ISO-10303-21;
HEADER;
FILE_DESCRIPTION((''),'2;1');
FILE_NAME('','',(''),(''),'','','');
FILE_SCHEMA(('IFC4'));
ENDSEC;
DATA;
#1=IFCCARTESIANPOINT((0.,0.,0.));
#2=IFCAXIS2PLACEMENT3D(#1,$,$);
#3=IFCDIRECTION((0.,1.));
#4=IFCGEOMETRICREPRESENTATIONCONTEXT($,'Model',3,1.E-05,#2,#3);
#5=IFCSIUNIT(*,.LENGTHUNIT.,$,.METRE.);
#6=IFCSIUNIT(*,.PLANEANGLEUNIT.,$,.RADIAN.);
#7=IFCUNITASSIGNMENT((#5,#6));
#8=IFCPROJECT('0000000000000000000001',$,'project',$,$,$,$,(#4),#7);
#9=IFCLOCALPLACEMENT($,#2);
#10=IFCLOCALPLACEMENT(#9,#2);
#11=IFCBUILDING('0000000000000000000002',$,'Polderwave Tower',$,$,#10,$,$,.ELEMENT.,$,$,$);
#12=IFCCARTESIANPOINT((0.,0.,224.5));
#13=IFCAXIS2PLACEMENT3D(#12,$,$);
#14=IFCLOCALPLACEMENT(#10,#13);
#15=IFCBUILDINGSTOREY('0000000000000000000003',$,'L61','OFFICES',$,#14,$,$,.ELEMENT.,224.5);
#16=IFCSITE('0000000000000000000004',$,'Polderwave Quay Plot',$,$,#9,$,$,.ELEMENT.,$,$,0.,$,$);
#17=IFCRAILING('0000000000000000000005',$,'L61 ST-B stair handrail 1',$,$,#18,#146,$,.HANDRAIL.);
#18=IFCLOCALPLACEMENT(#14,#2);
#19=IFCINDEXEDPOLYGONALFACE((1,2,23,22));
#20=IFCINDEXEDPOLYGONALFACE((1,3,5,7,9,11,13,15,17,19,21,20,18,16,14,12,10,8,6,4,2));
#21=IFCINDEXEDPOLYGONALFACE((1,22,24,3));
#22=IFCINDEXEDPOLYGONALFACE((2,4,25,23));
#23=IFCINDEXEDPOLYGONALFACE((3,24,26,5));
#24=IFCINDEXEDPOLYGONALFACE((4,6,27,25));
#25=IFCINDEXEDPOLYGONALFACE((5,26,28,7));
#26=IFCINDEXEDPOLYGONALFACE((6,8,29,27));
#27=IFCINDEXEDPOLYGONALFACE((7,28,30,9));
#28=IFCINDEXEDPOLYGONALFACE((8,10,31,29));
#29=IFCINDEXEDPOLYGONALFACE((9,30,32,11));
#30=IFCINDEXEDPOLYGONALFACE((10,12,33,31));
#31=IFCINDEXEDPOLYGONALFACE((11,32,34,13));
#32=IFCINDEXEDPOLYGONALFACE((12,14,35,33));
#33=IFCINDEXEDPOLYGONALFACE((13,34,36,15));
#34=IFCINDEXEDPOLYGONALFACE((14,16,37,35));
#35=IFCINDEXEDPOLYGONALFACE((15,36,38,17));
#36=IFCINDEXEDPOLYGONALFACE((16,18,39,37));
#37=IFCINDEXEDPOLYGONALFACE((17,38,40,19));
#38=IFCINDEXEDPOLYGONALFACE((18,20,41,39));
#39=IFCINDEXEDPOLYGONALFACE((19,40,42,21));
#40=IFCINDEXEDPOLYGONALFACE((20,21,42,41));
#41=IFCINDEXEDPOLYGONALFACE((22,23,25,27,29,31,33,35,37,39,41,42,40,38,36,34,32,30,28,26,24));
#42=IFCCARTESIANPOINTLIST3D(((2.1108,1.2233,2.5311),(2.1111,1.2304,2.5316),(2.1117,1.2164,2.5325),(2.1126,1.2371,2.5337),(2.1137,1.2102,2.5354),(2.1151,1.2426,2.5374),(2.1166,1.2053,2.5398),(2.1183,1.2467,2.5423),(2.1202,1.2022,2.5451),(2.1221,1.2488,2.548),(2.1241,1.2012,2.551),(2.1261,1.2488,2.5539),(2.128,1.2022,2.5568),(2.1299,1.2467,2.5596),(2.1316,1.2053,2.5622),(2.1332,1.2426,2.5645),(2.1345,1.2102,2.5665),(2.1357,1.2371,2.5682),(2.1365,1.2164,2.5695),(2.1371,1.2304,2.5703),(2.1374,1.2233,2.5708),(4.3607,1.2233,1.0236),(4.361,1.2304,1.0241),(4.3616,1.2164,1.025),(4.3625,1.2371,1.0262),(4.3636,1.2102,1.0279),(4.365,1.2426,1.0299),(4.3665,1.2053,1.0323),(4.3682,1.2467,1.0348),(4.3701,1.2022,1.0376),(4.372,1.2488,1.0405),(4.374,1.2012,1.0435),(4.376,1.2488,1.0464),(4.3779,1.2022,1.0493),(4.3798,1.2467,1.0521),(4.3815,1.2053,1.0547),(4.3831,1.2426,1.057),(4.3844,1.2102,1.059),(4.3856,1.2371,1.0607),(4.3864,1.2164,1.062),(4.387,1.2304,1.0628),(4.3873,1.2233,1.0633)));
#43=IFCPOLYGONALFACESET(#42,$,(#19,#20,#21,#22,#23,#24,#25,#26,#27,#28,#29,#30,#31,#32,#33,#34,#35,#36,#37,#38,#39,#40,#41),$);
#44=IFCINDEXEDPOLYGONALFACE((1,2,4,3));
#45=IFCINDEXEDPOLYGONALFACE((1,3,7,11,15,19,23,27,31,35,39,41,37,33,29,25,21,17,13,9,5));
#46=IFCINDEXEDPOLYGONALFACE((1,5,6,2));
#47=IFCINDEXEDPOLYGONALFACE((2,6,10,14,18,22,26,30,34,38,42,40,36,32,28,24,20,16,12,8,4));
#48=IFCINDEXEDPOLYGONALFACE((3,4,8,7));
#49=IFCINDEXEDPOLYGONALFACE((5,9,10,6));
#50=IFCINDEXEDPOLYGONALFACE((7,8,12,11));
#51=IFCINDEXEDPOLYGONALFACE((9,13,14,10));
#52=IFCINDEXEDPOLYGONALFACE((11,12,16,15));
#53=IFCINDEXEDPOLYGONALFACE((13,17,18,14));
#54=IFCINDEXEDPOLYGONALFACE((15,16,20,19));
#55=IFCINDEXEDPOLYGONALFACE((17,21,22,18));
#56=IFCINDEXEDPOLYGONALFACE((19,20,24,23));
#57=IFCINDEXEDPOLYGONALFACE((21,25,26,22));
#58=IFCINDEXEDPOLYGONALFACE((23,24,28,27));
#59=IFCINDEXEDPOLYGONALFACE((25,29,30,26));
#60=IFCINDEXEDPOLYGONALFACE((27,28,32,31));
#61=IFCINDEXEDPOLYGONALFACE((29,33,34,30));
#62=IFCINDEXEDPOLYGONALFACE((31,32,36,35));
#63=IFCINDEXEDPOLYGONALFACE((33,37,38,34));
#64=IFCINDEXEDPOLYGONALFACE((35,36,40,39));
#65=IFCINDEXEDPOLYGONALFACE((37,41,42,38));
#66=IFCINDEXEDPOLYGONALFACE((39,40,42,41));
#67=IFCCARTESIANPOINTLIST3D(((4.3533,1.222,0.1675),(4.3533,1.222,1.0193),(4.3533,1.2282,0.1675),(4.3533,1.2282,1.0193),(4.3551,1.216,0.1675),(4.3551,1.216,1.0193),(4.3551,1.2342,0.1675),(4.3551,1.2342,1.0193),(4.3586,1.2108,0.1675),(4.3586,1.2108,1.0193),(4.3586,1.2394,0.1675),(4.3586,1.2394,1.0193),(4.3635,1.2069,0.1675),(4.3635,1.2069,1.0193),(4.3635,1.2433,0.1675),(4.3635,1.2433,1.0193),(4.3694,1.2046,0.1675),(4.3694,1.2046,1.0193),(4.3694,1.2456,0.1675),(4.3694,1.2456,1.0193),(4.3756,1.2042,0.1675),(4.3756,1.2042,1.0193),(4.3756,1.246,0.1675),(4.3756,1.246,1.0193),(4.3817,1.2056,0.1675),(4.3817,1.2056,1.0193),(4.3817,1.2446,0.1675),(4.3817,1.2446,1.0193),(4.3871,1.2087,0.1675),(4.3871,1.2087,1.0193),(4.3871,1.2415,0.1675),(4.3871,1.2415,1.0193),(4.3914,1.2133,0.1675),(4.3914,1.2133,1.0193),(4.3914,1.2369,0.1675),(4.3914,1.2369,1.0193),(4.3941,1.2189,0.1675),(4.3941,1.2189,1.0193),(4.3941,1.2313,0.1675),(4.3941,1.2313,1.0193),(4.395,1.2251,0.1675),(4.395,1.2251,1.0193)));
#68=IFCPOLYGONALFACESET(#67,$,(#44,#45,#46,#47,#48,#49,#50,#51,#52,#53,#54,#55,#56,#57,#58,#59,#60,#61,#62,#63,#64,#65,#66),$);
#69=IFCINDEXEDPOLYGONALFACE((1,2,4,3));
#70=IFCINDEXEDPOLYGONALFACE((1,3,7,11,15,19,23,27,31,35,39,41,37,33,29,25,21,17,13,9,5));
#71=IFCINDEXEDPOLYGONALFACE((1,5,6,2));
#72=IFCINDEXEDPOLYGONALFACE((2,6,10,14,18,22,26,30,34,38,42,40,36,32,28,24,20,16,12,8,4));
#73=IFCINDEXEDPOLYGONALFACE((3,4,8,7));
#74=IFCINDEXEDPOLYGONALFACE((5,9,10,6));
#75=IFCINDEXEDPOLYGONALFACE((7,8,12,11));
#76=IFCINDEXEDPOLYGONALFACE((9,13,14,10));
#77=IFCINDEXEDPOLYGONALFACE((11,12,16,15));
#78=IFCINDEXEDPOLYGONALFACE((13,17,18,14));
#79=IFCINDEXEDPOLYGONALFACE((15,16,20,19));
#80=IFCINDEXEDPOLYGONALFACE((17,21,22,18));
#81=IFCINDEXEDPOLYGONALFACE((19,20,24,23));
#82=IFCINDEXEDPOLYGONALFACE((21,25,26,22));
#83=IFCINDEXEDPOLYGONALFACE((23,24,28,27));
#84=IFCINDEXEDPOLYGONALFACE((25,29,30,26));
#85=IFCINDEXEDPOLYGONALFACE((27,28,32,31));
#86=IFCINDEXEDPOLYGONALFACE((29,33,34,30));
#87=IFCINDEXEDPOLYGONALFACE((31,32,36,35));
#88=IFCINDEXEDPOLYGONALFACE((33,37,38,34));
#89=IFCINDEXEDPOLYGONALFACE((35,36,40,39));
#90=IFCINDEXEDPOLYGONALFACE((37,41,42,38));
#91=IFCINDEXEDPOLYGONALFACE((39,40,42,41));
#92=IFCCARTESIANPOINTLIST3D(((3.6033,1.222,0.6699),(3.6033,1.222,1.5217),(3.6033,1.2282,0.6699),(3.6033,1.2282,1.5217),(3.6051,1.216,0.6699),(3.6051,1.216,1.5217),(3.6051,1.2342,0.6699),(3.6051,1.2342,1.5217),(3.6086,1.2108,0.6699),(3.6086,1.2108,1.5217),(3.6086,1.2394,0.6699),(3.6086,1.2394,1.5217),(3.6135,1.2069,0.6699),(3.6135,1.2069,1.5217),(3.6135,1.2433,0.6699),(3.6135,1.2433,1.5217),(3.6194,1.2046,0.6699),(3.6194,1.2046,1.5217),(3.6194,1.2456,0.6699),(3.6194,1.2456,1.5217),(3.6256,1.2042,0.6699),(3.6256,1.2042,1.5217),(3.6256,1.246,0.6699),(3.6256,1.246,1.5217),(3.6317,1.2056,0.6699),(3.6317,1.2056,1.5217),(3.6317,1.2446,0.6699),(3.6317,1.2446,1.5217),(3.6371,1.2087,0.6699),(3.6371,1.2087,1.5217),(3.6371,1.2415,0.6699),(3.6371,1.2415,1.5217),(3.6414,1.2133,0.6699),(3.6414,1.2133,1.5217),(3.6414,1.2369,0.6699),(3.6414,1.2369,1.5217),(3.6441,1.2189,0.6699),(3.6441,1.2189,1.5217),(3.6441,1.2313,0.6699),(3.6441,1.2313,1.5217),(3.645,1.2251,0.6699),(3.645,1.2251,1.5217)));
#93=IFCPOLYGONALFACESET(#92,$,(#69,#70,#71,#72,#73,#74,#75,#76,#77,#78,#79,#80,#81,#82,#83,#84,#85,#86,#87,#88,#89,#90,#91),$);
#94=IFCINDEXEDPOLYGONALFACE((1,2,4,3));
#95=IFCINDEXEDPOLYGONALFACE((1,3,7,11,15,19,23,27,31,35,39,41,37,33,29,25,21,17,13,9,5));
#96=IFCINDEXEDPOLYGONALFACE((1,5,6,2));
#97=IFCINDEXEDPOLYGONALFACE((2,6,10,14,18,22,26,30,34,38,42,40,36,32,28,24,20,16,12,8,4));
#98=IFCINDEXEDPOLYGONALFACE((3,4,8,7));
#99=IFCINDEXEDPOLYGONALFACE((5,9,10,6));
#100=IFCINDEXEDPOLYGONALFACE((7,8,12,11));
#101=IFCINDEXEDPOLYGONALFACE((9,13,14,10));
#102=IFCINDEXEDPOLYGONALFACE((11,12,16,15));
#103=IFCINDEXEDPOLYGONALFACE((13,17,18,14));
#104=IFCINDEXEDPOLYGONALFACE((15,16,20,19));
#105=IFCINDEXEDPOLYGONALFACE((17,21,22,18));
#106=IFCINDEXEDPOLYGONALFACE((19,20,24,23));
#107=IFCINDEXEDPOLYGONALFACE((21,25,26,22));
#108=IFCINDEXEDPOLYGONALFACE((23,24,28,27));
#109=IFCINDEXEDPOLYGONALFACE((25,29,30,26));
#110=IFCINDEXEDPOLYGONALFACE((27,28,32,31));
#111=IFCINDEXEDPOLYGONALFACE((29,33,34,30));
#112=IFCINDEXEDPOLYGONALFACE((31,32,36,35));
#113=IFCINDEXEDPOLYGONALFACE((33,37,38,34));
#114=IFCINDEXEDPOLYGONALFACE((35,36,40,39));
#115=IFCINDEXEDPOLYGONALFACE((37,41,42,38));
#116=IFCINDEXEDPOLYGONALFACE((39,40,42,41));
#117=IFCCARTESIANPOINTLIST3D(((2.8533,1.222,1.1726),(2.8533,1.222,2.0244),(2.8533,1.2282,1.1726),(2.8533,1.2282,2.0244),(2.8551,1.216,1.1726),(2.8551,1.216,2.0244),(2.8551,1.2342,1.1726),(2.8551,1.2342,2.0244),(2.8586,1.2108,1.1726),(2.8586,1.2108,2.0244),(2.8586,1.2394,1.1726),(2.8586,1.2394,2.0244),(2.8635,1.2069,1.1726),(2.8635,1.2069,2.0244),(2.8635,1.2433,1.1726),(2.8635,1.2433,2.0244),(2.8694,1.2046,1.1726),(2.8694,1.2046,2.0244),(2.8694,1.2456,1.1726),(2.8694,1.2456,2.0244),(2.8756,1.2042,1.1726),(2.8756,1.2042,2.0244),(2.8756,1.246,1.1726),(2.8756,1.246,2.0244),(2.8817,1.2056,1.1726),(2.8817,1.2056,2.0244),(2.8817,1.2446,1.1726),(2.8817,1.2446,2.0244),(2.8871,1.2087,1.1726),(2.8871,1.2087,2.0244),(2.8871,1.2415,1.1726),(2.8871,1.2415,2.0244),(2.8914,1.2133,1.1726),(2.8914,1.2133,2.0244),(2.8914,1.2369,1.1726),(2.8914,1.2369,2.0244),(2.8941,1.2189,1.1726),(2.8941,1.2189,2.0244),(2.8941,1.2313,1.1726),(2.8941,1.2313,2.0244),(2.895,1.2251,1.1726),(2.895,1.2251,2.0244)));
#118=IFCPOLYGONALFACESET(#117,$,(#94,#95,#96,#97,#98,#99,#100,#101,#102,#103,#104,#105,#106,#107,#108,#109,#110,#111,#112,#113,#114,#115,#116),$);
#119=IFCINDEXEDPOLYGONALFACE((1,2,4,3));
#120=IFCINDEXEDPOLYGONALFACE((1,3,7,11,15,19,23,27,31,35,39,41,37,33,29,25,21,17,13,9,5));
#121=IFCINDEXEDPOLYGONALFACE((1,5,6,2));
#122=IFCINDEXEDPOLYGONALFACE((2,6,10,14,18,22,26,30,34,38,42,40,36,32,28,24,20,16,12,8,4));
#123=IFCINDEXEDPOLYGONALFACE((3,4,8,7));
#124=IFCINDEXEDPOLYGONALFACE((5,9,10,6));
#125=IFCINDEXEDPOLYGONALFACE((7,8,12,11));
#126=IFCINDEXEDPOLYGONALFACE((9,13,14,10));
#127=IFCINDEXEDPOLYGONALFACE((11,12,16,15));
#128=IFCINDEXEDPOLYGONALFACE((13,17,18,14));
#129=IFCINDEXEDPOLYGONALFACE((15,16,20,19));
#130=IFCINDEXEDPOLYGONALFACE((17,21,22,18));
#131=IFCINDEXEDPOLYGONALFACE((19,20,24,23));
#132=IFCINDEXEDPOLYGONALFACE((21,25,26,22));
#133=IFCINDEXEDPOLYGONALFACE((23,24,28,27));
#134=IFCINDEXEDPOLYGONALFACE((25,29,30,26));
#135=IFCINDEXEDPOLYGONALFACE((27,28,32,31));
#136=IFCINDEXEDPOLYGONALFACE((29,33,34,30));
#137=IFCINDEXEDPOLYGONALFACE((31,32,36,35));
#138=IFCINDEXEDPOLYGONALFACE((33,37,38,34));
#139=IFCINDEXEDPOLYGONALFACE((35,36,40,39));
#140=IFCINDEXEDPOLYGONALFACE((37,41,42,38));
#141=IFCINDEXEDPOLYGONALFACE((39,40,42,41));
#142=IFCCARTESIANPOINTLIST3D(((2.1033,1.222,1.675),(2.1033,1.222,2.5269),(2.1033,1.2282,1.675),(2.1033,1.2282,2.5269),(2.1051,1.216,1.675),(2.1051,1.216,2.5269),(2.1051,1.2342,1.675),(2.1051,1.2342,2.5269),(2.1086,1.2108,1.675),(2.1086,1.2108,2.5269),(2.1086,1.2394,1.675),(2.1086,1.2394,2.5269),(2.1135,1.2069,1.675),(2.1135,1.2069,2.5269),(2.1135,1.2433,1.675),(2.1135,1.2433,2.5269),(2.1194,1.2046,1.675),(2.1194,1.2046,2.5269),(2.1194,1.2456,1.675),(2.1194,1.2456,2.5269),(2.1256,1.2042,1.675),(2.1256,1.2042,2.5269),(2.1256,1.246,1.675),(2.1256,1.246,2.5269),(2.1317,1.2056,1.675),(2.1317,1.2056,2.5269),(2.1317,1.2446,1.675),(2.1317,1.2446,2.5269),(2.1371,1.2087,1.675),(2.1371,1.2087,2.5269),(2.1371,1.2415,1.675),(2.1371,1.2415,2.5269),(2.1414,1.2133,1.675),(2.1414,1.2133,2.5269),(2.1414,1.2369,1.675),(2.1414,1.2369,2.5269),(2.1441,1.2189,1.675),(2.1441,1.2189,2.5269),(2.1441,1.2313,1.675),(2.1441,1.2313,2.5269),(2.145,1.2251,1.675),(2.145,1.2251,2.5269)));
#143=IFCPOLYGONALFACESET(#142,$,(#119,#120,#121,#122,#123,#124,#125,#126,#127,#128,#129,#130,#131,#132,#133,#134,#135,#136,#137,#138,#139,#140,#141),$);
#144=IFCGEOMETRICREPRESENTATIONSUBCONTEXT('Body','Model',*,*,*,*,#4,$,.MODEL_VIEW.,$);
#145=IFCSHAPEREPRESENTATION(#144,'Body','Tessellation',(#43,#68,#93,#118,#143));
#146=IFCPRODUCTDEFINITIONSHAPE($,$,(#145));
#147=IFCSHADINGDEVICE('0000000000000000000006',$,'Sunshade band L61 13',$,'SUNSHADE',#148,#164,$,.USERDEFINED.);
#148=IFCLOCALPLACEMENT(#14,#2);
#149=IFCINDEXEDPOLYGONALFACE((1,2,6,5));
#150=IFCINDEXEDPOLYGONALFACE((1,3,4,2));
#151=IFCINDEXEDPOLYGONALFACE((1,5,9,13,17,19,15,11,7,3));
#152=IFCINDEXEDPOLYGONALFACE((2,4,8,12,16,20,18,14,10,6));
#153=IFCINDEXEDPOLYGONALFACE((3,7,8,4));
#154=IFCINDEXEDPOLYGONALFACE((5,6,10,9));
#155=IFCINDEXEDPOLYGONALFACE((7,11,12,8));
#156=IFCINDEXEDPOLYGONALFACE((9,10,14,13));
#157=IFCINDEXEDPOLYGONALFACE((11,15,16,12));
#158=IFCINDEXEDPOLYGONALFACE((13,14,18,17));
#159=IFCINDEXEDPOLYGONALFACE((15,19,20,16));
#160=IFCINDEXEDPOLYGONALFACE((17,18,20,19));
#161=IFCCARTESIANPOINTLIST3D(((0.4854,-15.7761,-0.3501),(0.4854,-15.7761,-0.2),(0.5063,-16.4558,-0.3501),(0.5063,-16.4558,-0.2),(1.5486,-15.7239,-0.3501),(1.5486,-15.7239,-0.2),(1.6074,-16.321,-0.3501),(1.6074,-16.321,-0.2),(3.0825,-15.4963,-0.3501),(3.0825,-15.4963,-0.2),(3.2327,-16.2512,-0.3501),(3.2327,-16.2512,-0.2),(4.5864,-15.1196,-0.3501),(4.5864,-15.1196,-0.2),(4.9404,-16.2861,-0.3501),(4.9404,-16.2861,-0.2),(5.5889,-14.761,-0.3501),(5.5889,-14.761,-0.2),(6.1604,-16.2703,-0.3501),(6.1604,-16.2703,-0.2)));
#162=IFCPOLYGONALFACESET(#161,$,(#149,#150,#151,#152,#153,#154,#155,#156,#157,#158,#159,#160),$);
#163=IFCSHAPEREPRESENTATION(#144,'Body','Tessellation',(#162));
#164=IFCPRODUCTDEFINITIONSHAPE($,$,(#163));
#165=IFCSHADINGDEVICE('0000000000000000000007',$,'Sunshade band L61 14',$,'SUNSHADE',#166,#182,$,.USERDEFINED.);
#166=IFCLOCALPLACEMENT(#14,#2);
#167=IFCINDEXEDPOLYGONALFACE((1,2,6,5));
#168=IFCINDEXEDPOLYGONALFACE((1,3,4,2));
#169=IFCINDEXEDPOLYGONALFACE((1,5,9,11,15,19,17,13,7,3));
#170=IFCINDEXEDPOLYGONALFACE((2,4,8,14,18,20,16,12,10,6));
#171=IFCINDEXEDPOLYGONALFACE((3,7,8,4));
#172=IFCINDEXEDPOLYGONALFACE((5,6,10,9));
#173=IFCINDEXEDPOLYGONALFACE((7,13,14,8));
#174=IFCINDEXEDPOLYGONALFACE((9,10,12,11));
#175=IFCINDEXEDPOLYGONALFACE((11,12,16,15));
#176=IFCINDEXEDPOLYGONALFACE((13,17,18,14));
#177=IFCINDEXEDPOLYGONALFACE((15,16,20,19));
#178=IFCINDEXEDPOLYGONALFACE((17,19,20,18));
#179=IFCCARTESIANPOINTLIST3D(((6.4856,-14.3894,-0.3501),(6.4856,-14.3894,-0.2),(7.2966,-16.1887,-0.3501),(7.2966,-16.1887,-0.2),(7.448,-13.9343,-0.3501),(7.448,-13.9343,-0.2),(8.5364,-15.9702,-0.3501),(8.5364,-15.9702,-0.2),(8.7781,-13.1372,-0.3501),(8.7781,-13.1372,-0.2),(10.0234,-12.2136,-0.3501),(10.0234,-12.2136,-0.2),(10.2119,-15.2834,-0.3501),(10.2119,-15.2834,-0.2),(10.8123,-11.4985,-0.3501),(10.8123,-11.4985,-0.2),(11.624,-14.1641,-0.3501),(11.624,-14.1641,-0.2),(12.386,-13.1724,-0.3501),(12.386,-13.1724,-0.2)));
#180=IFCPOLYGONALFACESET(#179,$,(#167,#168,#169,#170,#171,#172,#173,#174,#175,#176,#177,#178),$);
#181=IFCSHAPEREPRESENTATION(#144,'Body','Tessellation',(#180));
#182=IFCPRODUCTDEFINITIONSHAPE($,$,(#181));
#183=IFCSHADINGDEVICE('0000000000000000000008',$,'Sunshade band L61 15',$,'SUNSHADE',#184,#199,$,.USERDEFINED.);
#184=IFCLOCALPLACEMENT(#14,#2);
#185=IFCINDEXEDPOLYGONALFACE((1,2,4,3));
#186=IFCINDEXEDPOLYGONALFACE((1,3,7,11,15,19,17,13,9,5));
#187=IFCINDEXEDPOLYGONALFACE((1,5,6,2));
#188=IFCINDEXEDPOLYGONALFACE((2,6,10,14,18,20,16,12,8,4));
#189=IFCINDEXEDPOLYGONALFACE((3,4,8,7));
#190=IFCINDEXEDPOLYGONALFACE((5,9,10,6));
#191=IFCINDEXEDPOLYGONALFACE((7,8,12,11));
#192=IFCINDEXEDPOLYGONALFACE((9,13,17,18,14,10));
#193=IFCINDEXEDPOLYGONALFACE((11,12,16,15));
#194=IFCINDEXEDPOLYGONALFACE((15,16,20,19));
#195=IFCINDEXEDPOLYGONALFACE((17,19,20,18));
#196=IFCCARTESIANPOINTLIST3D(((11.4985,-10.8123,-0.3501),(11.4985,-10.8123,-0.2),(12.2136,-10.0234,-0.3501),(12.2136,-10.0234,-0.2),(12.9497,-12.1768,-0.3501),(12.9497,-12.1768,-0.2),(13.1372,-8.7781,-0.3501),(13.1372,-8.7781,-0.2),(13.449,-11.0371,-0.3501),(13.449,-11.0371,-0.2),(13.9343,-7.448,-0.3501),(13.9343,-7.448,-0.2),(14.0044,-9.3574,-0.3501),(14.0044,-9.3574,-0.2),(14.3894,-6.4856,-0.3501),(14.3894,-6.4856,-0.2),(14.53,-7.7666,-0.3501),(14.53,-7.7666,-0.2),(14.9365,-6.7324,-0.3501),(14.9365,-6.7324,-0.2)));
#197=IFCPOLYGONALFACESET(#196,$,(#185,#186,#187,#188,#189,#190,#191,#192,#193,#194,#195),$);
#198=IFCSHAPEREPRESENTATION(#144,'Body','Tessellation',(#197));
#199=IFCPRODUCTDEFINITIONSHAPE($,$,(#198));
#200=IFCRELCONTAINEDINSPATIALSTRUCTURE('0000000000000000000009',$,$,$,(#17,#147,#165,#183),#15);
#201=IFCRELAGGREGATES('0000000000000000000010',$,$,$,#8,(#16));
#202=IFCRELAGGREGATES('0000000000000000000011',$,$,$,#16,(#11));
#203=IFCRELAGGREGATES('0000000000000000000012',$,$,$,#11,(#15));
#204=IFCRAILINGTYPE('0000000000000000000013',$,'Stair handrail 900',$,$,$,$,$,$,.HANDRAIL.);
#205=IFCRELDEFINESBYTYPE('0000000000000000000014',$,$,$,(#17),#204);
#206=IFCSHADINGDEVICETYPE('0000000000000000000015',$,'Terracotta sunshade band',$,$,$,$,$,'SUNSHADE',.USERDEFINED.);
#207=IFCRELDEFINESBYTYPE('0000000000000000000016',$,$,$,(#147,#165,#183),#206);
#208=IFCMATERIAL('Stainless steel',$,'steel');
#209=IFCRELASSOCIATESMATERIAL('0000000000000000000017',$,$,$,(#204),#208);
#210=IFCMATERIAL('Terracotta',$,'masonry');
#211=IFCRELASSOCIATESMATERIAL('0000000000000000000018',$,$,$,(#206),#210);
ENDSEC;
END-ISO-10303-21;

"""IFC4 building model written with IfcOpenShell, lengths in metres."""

from ifc_helpers import new_model, si_unit, direction, frame, origin, origin_2d, place, context, subcontext, project, spatial, polyline, circle, outline, extrude, material, type_object, element, save


model = new_model("IFC4")

# Units and contexts
model_context = context("Model", 3, precision=1e-05, world=origin(), true_north=direction((0.0, 1.0)))
body_context = subcontext(model_context, "Body", "Model", "MODEL_VIEW")
ifc_project = project(units=[si_unit("LENGTHUNIT", "METRE"), si_unit("PLANEANGLEUNIT", "RADIAN")], contexts=[model_context])

# Site, building, storey
site_placement = place(None, origin())
site = spatial("IfcSite", under=ifc_project, at=site_placement, Name="Polderwave Quay Plot", CompositionType="ELEMENT", RefElevation=0.0)
building_placement = place(site_placement, origin())
building = spatial("IfcBuilding", under=site, at=building_placement, Name="Polderwave Tower", CompositionType="ELEMENT")
storey_placement = place(building_placement, frame((0.0, 0.0, 224.5)))
storey = spatial("IfcBuildingStorey", under=building, at=storey_placement, Name="L61", Description="OFFICES", CompositionType="ELEMENT", Elevation=224.5)

# Railing
ifc_material_1 = material(Name="Stainless steel", Category="steel")
railing_type_1 = type_object("IfcRailingType", Name="Stair handrail 900", PredefinedType="HANDRAIL", material=ifc_material_1)
railing_1_placement = place(storey_placement, frame((4.374, 1.2251, 0.1675)))
element("IfcRailing", 1, at=railing_1_placement, inside=storey, type_object=railing_type_1, Name="L61 ST-B stair handrail 1", PredefinedType="HANDRAIL", context=body_context, shape_type="SweptSolid", body=[
    extrude(circle(Radius=0.0239, at=origin_2d()), frame((0.0, 0.0, 0.876), z_axis=(-0.830758, 0.0, 0.556633), x_axis=(0.0, -1.0, 0.0)), (0.0, 0.0, 1.0), 2.7083),
    extrude(circle(Radius=0.021, at=origin_2d()), origin(), (0.0, 0.0, 1.0), 0.8518),
    extrude(circle(Radius=0.021, at=origin_2d()), frame((-0.75, 0.0, 0.5024)), (0.0, 0.0, 1.0), 0.8518),
    extrude(circle(Radius=0.021, at=origin_2d()), frame((-1.5, 0.0, 1.0051)), (0.0, 0.0, 1.0), 0.8518),
    extrude(circle(Radius=0.021, at=origin_2d()), frame((-2.25, 0.0, 1.5076)), (0.0, 0.0, 1.0), 0.8518),
])

# Shading devices
ifc_material_2 = material(Name="Terracotta", Category="masonry")
shading_device_type = type_object("IfcShadingDeviceType", Name="Terracotta sunshade band", ElementType="SUNSHADE", PredefinedType="USERDEFINED", material=ifc_material_2)
shading_device_1_placement = place(storey_placement, frame((0.0, 0.0, -0.3501)))
element("IfcShadingDevice", 2, at=shading_device_1_placement, inside=storey, type_object=shading_device_type, Name="Sunshade band L61 13", ObjectType="SUNSHADE", PredefinedType="USERDEFINED", context=body_context, shape_type="SweptSolid", body=[
    extrude(outline(polyline([(0.4854, -15.7761), (1.5486, -15.7239), (3.0825, -15.4963), (4.5864, -15.1196), (5.5889, -14.761), (6.1604, -16.2703), (4.9404, -16.2861), (3.2327, -16.2512), (1.6074, -16.321), (0.5063, -16.4558), (0.4854, -15.7761)])), origin(), (0.0, 0.0, 1.0), 0.1501),
])
shading_device_2_placement = place(storey_placement, frame((0.0, 0.0, -0.3501)))
element("IfcShadingDevice", 3, at=shading_device_2_placement, inside=storey, type_object=shading_device_type, Name="Sunshade band L61 14", ObjectType="SUNSHADE", PredefinedType="USERDEFINED", context=body_context, shape_type="SweptSolid", body=[
    extrude(outline(polyline([(6.4856, -14.3894), (7.448, -13.9343), (8.7781, -13.1372), (10.0234, -12.2136), (10.8123, -11.4985), (12.386, -13.1724), (11.624, -14.1641), (10.2119, -15.2834), (8.5364, -15.9702), (7.2966, -16.1887), (6.4856, -14.3894)])), origin(), (0.0, 0.0, 1.0), 0.1501),
])
shading_device_3_placement = place(storey_placement, frame((0.0, 0.0, -0.3501)))
element("IfcShadingDevice", 4, at=shading_device_3_placement, inside=storey, type_object=shading_device_type, Name="Sunshade band L61 15", ObjectType="SUNSHADE", PredefinedType="USERDEFINED", context=body_context, shape_type="SweptSolid", body=[
    extrude(outline(polyline([(11.4985, -10.8123), (12.2136, -10.0234), (13.1372, -8.7781), (13.9343, -7.448), (14.3894, -6.4856), (14.9365, -6.7324), (14.53, -7.7666), (14.0044, -9.3574), (13.449, -11.0371), (12.9497, -12.1768), (11.4985, -10.8123)])), origin(), (0.0, 0.0, 1.0), 0.1501),
])

save(model, "model.ifc")
